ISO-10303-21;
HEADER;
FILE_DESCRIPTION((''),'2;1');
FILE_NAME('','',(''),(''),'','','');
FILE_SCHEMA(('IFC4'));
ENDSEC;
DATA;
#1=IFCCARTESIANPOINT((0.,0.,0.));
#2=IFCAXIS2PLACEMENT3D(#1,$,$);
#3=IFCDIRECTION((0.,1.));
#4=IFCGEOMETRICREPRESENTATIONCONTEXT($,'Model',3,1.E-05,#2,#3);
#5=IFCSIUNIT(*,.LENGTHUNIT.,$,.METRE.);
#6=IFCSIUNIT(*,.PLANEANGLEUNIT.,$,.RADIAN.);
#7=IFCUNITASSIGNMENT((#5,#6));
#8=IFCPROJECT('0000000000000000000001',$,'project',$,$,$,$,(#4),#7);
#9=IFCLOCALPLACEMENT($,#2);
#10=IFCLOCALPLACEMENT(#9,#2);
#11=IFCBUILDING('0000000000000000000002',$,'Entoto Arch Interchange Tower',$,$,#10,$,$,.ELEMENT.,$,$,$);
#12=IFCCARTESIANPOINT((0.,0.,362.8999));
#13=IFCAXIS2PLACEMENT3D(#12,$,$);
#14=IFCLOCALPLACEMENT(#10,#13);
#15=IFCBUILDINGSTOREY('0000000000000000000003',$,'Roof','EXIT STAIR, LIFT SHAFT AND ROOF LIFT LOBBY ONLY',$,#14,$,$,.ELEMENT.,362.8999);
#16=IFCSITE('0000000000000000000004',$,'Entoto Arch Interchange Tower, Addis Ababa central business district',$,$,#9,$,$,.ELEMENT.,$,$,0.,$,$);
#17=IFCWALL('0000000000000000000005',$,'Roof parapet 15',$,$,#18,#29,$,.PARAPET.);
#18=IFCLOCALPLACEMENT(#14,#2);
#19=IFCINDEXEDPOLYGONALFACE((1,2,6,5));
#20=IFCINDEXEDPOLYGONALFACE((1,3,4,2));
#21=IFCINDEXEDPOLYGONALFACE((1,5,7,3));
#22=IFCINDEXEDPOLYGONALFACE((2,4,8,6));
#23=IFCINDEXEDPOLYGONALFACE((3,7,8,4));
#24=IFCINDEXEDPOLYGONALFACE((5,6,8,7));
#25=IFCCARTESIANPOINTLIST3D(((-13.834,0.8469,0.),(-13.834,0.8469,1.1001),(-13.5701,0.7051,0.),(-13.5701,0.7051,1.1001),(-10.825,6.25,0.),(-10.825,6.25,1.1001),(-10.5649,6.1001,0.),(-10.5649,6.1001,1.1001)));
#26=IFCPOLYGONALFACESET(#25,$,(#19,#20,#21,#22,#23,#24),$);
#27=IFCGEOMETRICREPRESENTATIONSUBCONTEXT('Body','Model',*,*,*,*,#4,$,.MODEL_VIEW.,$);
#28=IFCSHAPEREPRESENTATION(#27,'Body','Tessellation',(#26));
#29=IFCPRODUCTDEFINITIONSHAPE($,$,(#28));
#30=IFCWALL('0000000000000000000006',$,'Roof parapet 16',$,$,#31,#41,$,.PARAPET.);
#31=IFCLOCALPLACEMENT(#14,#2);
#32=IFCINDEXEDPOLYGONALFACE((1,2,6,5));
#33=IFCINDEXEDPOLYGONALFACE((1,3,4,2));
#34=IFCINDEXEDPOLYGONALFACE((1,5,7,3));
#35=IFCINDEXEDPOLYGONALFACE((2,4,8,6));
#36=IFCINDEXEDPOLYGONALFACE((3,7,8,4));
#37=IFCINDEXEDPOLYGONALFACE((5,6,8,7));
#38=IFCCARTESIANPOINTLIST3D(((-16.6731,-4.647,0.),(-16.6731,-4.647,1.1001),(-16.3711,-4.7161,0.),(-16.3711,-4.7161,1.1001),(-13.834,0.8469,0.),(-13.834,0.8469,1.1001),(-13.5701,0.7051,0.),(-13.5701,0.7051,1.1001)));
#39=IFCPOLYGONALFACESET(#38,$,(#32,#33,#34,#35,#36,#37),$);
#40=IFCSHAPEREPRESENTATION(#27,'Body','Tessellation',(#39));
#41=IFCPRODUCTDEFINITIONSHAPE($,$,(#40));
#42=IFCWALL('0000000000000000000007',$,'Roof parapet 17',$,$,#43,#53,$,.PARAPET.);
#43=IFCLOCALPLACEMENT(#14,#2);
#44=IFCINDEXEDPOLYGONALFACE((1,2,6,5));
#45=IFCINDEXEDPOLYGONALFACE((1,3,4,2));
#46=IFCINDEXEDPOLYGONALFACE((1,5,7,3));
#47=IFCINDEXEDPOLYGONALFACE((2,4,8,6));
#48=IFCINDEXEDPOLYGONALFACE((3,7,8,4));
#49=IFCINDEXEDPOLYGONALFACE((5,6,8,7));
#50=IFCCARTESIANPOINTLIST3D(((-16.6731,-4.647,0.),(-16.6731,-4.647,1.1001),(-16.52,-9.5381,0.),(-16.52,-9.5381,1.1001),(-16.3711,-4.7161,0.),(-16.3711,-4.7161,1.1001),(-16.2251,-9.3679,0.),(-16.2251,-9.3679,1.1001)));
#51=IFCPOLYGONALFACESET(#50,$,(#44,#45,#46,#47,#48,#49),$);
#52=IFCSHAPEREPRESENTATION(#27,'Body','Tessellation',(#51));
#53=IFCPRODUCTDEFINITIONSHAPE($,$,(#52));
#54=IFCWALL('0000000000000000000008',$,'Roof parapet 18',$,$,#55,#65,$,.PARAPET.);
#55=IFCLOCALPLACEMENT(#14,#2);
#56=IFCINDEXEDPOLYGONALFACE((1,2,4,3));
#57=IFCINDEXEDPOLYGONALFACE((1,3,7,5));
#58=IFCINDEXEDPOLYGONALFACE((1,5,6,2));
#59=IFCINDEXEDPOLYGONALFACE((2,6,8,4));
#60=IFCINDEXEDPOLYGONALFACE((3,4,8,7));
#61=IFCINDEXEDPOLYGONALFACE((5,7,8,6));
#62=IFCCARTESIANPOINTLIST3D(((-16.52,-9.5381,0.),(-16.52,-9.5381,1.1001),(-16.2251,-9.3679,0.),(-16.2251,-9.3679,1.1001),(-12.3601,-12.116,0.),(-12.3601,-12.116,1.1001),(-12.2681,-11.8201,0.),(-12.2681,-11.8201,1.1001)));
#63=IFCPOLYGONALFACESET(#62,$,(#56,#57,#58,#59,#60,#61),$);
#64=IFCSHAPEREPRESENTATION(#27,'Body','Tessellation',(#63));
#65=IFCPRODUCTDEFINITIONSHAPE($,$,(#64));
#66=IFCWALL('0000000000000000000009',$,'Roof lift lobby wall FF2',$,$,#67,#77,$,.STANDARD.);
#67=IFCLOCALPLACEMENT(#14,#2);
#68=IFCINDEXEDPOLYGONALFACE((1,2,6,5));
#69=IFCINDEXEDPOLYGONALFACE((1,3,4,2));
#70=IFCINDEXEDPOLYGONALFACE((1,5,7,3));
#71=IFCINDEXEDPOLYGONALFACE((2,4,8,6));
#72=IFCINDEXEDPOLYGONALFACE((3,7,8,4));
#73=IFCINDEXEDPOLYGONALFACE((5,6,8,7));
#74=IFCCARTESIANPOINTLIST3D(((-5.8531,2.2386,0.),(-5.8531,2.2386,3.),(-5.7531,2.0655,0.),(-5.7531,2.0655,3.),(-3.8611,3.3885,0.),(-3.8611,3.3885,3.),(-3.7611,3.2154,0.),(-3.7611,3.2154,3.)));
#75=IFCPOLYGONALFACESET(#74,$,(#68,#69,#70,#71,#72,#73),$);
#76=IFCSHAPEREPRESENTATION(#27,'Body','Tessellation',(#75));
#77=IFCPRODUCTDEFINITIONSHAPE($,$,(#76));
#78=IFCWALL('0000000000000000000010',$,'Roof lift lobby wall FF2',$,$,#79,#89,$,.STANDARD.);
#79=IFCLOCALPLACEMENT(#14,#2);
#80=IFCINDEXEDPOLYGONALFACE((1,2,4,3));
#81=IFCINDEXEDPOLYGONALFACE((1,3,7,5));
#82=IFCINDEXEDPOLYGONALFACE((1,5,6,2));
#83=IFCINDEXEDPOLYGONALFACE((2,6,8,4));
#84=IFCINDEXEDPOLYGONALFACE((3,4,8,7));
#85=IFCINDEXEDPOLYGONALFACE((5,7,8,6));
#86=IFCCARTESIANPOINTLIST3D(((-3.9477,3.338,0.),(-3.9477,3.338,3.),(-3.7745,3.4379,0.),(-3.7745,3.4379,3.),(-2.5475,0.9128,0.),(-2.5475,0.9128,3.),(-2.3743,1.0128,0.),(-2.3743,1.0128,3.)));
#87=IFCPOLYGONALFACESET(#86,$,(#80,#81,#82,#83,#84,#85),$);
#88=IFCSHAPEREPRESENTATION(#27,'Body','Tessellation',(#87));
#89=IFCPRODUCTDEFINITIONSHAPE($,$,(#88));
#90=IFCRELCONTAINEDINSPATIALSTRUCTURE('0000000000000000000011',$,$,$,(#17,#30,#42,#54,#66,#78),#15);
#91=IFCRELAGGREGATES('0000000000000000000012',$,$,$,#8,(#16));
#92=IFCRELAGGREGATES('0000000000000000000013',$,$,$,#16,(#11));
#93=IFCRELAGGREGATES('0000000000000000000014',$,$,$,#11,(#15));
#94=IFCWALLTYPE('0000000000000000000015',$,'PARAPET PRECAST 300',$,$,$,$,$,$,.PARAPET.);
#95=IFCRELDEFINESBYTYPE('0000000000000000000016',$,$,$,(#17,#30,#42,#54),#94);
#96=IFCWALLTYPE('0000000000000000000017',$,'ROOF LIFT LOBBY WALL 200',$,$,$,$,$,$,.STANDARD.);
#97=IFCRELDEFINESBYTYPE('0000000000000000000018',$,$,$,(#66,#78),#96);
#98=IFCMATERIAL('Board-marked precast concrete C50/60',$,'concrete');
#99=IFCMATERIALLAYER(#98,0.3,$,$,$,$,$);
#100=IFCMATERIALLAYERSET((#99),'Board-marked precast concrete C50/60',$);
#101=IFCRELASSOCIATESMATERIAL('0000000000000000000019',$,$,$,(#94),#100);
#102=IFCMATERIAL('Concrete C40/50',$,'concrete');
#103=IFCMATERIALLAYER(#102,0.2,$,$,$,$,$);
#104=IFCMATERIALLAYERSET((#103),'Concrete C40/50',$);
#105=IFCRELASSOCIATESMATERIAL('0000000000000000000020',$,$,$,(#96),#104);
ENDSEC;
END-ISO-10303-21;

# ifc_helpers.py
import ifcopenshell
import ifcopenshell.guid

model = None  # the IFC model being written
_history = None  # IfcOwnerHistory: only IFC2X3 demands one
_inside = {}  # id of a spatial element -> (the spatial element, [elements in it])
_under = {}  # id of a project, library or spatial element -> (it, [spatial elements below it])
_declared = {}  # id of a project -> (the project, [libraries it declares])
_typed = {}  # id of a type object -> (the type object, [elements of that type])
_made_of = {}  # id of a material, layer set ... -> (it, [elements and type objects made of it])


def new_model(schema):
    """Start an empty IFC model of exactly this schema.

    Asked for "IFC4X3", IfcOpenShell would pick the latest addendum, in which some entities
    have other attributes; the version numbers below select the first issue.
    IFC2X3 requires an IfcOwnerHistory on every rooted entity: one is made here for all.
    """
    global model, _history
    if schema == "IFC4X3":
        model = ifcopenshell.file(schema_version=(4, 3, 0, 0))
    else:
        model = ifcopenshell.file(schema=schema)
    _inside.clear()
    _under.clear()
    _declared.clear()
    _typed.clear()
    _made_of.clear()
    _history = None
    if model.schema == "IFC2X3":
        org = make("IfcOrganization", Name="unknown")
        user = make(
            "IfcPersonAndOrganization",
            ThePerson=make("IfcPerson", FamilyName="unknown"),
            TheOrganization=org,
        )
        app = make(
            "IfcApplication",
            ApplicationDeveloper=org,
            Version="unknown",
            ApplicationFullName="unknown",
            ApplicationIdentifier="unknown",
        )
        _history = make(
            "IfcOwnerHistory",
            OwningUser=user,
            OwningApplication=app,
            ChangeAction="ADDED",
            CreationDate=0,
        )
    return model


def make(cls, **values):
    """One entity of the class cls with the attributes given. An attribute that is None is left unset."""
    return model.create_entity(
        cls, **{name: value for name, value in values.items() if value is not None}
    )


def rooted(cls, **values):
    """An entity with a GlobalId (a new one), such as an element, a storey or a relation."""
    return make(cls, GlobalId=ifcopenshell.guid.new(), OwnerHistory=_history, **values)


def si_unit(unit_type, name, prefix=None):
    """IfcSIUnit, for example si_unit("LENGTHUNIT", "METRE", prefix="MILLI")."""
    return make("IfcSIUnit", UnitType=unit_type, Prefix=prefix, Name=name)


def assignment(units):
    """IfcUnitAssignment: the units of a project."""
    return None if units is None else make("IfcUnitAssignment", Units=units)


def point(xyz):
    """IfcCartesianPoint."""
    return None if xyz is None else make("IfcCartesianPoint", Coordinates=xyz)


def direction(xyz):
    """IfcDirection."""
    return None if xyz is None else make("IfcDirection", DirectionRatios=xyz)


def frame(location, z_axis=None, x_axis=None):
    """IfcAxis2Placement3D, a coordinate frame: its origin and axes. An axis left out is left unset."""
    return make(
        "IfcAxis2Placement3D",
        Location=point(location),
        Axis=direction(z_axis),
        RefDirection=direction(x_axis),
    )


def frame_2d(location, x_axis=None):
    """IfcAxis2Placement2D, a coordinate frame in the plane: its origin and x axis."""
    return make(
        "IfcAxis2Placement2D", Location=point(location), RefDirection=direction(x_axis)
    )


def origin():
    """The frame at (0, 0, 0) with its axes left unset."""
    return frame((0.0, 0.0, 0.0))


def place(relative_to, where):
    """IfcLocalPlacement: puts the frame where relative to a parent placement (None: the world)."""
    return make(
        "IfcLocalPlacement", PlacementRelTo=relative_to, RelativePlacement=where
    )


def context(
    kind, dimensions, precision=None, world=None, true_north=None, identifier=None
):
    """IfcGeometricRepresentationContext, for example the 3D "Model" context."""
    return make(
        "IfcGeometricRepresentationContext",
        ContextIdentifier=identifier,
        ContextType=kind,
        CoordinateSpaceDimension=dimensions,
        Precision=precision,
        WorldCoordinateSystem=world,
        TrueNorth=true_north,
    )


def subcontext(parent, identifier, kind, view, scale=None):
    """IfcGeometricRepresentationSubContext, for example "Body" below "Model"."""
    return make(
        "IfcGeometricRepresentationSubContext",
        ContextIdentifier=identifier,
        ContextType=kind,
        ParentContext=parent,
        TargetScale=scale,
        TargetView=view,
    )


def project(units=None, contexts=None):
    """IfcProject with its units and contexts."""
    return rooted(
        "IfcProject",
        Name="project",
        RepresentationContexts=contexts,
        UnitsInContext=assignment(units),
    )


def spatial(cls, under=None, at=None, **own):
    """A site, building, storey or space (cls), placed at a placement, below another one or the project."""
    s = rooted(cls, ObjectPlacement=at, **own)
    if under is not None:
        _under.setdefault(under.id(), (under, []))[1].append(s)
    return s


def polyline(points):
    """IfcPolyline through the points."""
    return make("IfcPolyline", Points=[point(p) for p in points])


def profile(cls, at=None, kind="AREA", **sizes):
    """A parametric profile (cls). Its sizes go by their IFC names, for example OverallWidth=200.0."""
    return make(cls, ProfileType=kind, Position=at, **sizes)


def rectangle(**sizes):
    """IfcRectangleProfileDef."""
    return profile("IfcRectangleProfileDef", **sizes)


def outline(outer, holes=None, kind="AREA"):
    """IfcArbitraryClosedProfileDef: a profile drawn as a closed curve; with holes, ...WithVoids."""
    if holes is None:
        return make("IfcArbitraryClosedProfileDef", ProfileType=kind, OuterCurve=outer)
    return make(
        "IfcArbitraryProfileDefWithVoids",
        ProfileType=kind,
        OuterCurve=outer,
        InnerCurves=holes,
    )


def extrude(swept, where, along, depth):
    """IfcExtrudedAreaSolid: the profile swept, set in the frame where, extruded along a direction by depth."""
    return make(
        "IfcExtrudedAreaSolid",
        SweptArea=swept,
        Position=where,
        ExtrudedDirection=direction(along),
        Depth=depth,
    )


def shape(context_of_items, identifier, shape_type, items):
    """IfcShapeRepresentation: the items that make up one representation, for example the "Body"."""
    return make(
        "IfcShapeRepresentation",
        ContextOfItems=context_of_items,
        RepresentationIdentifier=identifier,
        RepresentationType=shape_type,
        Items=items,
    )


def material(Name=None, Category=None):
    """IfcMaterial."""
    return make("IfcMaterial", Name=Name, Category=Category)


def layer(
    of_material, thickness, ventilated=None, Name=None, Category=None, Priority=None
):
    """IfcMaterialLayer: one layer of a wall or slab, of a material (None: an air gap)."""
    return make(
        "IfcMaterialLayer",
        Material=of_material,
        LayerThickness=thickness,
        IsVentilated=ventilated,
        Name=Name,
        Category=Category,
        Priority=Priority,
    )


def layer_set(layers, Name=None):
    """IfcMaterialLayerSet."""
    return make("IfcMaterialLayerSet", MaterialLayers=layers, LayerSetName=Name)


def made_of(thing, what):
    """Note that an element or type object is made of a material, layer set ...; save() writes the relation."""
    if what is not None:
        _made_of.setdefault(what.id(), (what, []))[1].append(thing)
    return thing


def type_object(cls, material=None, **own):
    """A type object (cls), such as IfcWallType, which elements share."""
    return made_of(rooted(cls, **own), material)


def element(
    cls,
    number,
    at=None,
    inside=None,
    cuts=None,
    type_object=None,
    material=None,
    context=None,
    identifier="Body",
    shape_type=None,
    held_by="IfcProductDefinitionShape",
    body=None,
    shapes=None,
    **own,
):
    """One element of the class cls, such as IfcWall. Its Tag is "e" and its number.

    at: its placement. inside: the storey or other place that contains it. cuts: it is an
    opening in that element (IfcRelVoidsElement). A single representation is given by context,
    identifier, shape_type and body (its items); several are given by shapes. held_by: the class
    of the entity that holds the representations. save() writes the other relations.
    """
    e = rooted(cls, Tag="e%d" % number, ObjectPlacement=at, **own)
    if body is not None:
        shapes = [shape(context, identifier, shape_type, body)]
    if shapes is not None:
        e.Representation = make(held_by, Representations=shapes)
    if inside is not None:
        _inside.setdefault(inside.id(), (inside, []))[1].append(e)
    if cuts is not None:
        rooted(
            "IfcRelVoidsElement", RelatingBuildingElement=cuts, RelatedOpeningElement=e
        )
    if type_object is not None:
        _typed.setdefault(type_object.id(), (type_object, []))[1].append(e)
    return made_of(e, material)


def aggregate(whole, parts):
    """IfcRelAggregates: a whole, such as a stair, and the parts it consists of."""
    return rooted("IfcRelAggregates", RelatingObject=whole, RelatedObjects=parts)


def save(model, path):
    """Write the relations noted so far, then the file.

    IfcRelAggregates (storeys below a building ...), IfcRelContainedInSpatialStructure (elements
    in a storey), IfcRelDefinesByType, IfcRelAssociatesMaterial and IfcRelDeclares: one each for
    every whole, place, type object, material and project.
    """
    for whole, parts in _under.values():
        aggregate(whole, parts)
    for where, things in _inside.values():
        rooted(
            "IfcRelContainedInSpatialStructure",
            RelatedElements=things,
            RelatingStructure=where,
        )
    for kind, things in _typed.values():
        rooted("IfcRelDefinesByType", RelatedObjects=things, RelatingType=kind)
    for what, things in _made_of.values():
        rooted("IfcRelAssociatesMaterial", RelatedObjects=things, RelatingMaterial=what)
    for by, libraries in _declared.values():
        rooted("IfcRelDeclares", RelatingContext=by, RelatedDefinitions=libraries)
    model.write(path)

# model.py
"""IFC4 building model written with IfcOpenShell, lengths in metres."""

from ifc_helpers import new_model, si_unit, direction, frame, frame_2d, origin, place, context, subcontext, project, spatial, polyline, rectangle, outline, extrude, material, layer, layer_set, type_object, element, save


model = new_model("IFC4")

# Units and contexts
model_context = context("Model", 3, precision=1e-05, world=origin(), true_north=direction((0.0, 1.0)))
body_context = subcontext(model_context, "Body", "Model", "MODEL_VIEW")
ifc_project = project(units=[si_unit("LENGTHUNIT", "METRE"), si_unit("PLANEANGLEUNIT", "RADIAN")], contexts=[model_context])

# Site, building, storey
site_placement = place(None, origin())
site = spatial("IfcSite", under=ifc_project, at=site_placement, Name="Entoto Arch Interchange Tower, Addis Ababa central business district", CompositionType="ELEMENT", RefElevation=0.0)
building_placement = place(site_placement, origin())
building = spatial("IfcBuilding", under=site, at=building_placement, Name="Entoto Arch Interchange Tower", CompositionType="ELEMENT")
storey_placement = place(building_placement, frame((0.0, 0.0, 362.8999)))
storey = spatial("IfcBuildingStorey", under=building, at=storey_placement, Name="Roof", Description="EXIT STAIR, LIFT SHAFT AND ROOF LIFT LOBBY ONLY", CompositionType="ELEMENT", Elevation=362.8999)

# Shared definitions
ifc_material_1 = material(Name="Board-marked precast concrete C50/60", Category="concrete")

# Shared definitions
ifc_material_2 = material(Name="Concrete C40/50", Category="concrete")

# Walls
ifc_layer_1 = layer(ifc_material_1, 0.3)
ifc_layer_set_1 = layer_set([ifc_layer_1], Name="Board-marked precast concrete C50/60")
wall_type_1 = type_object("IfcWallType", Name="PARAPET PRECAST 300", PredefinedType="PARAPET", material=ifc_layer_set_1)
wall_1_placement = place(storey_placement, origin())
element("IfcWall", 1, at=wall_1_placement, inside=storey, type_object=wall_type_1, Name="Roof parapet 15", PredefinedType="PARAPET", context=body_context, shape_type="SweptSolid", body=[
    extrude(outline(polyline([(-10.825, 6.25), (-13.834, 0.8469), (-13.5701, 0.7051), (-10.5649, 6.1001), (-10.825, 6.25)])), origin(), (0.0, 0.0, 1.0), 1.1001),
])
wall_2_placement = place(storey_placement, origin())
element("IfcWall", 2, at=wall_2_placement, inside=storey, type_object=wall_type_1, Name="Roof parapet 16", PredefinedType="PARAPET", context=body_context, shape_type="SweptSolid", body=[
    extrude(outline(polyline([(-13.834, 0.8469), (-16.6731, -4.647), (-16.3711, -4.7161), (-13.5701, 0.7051), (-13.834, 0.8469)])), origin(), (0.0, 0.0, 1.0), 1.1001),
])
wall_3_placement = place(storey_placement, origin())
element("IfcWall", 3, at=wall_3_placement, inside=storey, type_object=wall_type_1, Name="Roof parapet 17", PredefinedType="PARAPET", context=body_context, shape_type="SweptSolid", body=[
    extrude(outline(polyline([(-16.6731, -4.647), (-16.52, -9.5381), (-16.2251, -9.3679), (-16.3711, -4.7161), (-16.6731, -4.647)])), origin(), (0.0, 0.0, 1.0), 1.1001),
])
wall_4_placement = place(storey_placement, origin())
element("IfcWall", 4, at=wall_4_placement, inside=storey, type_object=wall_type_1, Name="Roof parapet 18", PredefinedType="PARAPET", context=body_context, shape_type="SweptSolid", body=[
    extrude(outline(polyline([(-16.52, -9.5381), (-12.3601, -12.116), (-12.2681, -11.8201), (-16.2251, -9.3679), (-16.52, -9.5381)])), origin(), (0.0, 0.0, 1.0), 1.1001),
])
ifc_layer_2 = layer(ifc_material_2, 0.2)
ifc_layer_set_2 = layer_set([ifc_layer_2], Name="Concrete C40/50")
wall_type_2 = type_object("IfcWallType", Name="ROOF LIFT LOBBY WALL 200", PredefinedType="STANDARD", material=ifc_layer_set_2)
wall_5_placement = place(storey_placement, frame((-5.803, 2.1521, 0.0), z_axis=(0.0, 0.0, 1.0), x_axis=(0.866053, 0.499952, 0.0)))
element("IfcWall", 5, at=wall_5_placement, inside=storey, type_object=wall_type_2, Name="Roof lift lobby wall FF2", PredefinedType="STANDARD", context=body_context, shape_type="SweptSolid", body=[
    extrude(rectangle(XDim=2.3, YDim=0.2, at=frame_2d((1.1499, 0.0))), origin(), (0.0, 0.0, 1.0), 3.0),
])
wall_6_placement = place(storey_placement, frame((-3.8611, 3.3879, 0.0), z_axis=(0.0, 0.0, 1.0), x_axis=(0.500012, -0.866019, 0.0)))
element("IfcWall", 6, at=wall_6_placement, inside=storey, type_object=wall_type_2, Name="Roof lift lobby wall FF2", PredefinedType="STANDARD", context=body_context, shape_type="SweptSolid", body=[
    extrude(rectangle(XDim=2.8003, YDim=0.2, at=frame_2d((1.4001, 0.0))), origin(), (0.0, 0.0, 1.0), 3.0),
])

save(model, "model.ifc")
